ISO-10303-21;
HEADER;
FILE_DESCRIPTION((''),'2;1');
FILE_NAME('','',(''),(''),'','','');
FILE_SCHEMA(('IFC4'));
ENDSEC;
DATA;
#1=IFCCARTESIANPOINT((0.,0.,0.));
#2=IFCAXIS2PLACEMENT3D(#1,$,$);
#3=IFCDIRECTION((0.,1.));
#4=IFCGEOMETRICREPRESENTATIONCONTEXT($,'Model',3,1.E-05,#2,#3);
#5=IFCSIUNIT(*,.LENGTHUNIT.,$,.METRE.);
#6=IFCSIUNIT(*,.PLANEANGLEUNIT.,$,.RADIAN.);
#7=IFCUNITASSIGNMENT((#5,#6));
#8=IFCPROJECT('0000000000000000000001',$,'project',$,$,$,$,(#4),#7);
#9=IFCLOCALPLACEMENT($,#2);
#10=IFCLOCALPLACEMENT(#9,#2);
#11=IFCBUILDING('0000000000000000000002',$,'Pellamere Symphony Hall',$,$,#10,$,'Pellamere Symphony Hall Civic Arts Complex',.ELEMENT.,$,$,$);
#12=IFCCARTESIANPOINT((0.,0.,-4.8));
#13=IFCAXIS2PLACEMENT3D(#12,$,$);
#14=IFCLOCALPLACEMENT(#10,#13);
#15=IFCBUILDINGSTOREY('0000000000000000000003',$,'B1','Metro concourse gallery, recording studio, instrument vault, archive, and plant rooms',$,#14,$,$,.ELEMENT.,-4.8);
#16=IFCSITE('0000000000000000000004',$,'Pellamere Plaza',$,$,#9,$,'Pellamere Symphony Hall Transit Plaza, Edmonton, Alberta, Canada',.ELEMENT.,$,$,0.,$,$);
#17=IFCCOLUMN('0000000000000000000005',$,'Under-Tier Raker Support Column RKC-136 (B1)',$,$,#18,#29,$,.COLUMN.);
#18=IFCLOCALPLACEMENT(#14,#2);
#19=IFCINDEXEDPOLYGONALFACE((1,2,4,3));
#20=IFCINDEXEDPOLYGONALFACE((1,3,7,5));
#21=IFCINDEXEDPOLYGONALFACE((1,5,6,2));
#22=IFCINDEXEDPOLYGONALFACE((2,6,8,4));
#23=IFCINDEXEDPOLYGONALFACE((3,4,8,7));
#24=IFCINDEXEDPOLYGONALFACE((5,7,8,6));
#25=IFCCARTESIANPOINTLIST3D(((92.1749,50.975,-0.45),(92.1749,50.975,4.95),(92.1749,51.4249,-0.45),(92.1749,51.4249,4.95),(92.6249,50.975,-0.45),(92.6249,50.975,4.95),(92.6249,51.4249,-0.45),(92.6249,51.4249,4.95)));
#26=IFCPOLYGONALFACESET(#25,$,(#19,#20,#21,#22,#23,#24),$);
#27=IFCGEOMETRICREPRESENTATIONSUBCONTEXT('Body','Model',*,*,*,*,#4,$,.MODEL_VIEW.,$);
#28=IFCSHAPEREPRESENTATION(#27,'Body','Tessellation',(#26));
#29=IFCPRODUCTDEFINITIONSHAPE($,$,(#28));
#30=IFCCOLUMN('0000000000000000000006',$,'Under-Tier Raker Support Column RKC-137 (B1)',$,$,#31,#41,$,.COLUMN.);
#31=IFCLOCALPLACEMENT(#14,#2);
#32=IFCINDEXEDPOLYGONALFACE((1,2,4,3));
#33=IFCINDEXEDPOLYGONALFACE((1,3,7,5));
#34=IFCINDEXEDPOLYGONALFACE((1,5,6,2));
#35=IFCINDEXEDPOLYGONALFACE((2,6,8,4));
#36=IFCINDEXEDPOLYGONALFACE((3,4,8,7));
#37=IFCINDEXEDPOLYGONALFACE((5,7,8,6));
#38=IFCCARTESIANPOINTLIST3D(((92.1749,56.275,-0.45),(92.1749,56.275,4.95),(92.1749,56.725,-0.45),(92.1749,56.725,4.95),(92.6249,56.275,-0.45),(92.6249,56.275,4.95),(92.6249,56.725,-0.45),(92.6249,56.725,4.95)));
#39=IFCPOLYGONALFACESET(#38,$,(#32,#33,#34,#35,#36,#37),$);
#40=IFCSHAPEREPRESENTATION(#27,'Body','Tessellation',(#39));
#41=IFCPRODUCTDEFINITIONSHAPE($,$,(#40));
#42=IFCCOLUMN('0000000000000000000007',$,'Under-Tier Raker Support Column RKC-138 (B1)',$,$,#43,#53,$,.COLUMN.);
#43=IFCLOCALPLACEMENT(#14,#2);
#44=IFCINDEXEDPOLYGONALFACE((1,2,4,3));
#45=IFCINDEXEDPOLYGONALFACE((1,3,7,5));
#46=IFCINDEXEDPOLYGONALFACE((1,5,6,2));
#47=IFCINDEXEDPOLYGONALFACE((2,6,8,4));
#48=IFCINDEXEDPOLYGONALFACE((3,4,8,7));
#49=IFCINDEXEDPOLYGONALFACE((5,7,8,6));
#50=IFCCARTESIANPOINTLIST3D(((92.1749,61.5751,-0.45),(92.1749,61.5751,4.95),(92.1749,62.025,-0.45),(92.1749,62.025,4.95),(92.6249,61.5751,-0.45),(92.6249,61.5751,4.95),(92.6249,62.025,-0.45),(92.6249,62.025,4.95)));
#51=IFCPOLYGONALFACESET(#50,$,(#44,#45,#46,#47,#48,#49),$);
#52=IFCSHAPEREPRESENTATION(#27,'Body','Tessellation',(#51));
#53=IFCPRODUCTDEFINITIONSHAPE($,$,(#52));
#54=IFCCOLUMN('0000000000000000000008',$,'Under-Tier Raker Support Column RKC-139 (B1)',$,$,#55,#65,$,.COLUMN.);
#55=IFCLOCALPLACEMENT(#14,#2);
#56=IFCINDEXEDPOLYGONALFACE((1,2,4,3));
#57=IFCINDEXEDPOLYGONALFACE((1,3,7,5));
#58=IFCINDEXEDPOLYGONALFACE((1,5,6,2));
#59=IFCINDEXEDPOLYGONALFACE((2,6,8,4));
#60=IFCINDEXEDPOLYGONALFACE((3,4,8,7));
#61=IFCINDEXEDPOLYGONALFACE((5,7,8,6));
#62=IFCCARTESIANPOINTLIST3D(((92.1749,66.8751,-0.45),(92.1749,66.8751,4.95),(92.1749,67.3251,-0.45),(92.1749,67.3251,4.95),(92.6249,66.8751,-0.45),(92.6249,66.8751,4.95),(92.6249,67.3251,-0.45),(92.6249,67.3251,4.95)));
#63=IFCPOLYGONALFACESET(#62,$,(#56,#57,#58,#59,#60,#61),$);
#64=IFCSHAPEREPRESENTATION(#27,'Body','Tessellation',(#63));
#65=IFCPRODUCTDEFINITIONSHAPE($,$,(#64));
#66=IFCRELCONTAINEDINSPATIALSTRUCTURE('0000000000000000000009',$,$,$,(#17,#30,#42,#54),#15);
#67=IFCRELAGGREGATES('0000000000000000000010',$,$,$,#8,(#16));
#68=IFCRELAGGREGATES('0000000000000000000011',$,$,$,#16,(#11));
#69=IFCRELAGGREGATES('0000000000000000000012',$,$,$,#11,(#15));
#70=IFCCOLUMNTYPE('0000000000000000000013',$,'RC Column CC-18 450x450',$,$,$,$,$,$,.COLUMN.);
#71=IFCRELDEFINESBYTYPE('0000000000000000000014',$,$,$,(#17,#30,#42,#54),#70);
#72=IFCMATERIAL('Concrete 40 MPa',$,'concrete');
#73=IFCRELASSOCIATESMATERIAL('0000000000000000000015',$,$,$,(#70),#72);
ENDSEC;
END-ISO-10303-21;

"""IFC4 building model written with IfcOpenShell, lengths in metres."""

from ifc_helpers import new_model, si_unit, direction, frame, origin, origin_2d, place, context, subcontext, project, spatial, rectangle, extrude, material, material_profile, profile_set, type_object, element, save


model = new_model("IFC4")

# Units and contexts
model_context = context("Model", 3, precision=1e-05, world=origin(), true_north=direction((0.0, 1.0)))
body_context = subcontext(model_context, "Body", "Model", "MODEL_VIEW")
ifc_project = project(units=[si_unit("LENGTHUNIT", "METRE"), si_unit("PLANEANGLEUNIT", "RADIAN")], contexts=[model_context])

# Site, building, storey
site_placement = place(None, origin())
site = spatial("IfcSite", under=ifc_project, at=site_placement, Name="Pellamere Plaza", LongName="Pellamere Symphony Hall Transit Plaza, Edmonton, Alberta, Canada", CompositionType="ELEMENT", RefElevation=0.0)
building_placement = place(site_placement, origin())
building = spatial("IfcBuilding", under=site, at=building_placement, Name="Pellamere Symphony Hall", LongName="Pellamere Symphony Hall Civic Arts Complex", CompositionType="ELEMENT")
storey_placement = place(building_placement, frame((0.0, 0.0, -4.8)))
storey = spatial("IfcBuildingStorey", under=building, at=storey_placement, Name="B1", Description="Metro concourse gallery, recording studio, instrument vault, archive, and plant rooms", CompositionType="ELEMENT", Elevation=-4.8)

# Columns
ifc_material_1 = material(Name="Concrete 40 MPa", Category="concrete")
ifc_material_profile_1 = material_profile(ifc_material_1, rectangle(XDim=0.45, YDim=0.45, at=origin_2d()), Name="RC 450x450")
ifc_profile_set_1 = profile_set([ifc_material_profile_1], Name="Concrete 40 MPa")
column_type_1 = type_object("IfcColumnType", Name="RC Column CC-18 450x450", PredefinedType="COLUMN", material=ifc_profile_set_1)
for number, where, z_axis, x_axis, name in (
    (1, (92.3999, 51.2, -0.45), (0.0, 0.0, 1.0), (1.0, 0.0, 0.0), "Under-Tier Raker Support Column RKC-136 (B1)"),
    (2, (92.3999, 56.5, -0.45), (0.0, 0.0, 1.0), (1.0, 0.0, 0.0), "Under-Tier Raker Support Column RKC-137 (B1)"),
    (3, (92.3999, 61.8, -0.45), (0.0, 0.0, 1.0), (1.0, 0.0, 0.0), "Under-Tier Raker Support Column RKC-138 (B1)"),
    (4, (92.3999, 67.1001, -0.45), (0.0, 0.0, 1.0), (1.0, 0.0, 0.0), "Under-Tier Raker Support Column RKC-139 (B1)"),
):
    element("IfcColumn", number, at=place(storey_placement, frame(where, z_axis=z_axis, x_axis=x_axis)), inside=storey, type_object=column_type_1, Name=name, PredefinedType="COLUMN", context=body_context, shape_type="SweptSolid", body=[
        extrude(rectangle(XDim=0.45, YDim=0.45, at=origin_2d()), origin(), (0.0, 0.0, 1.0), 5.3999),
    ])

save(model, "model.ifc")
